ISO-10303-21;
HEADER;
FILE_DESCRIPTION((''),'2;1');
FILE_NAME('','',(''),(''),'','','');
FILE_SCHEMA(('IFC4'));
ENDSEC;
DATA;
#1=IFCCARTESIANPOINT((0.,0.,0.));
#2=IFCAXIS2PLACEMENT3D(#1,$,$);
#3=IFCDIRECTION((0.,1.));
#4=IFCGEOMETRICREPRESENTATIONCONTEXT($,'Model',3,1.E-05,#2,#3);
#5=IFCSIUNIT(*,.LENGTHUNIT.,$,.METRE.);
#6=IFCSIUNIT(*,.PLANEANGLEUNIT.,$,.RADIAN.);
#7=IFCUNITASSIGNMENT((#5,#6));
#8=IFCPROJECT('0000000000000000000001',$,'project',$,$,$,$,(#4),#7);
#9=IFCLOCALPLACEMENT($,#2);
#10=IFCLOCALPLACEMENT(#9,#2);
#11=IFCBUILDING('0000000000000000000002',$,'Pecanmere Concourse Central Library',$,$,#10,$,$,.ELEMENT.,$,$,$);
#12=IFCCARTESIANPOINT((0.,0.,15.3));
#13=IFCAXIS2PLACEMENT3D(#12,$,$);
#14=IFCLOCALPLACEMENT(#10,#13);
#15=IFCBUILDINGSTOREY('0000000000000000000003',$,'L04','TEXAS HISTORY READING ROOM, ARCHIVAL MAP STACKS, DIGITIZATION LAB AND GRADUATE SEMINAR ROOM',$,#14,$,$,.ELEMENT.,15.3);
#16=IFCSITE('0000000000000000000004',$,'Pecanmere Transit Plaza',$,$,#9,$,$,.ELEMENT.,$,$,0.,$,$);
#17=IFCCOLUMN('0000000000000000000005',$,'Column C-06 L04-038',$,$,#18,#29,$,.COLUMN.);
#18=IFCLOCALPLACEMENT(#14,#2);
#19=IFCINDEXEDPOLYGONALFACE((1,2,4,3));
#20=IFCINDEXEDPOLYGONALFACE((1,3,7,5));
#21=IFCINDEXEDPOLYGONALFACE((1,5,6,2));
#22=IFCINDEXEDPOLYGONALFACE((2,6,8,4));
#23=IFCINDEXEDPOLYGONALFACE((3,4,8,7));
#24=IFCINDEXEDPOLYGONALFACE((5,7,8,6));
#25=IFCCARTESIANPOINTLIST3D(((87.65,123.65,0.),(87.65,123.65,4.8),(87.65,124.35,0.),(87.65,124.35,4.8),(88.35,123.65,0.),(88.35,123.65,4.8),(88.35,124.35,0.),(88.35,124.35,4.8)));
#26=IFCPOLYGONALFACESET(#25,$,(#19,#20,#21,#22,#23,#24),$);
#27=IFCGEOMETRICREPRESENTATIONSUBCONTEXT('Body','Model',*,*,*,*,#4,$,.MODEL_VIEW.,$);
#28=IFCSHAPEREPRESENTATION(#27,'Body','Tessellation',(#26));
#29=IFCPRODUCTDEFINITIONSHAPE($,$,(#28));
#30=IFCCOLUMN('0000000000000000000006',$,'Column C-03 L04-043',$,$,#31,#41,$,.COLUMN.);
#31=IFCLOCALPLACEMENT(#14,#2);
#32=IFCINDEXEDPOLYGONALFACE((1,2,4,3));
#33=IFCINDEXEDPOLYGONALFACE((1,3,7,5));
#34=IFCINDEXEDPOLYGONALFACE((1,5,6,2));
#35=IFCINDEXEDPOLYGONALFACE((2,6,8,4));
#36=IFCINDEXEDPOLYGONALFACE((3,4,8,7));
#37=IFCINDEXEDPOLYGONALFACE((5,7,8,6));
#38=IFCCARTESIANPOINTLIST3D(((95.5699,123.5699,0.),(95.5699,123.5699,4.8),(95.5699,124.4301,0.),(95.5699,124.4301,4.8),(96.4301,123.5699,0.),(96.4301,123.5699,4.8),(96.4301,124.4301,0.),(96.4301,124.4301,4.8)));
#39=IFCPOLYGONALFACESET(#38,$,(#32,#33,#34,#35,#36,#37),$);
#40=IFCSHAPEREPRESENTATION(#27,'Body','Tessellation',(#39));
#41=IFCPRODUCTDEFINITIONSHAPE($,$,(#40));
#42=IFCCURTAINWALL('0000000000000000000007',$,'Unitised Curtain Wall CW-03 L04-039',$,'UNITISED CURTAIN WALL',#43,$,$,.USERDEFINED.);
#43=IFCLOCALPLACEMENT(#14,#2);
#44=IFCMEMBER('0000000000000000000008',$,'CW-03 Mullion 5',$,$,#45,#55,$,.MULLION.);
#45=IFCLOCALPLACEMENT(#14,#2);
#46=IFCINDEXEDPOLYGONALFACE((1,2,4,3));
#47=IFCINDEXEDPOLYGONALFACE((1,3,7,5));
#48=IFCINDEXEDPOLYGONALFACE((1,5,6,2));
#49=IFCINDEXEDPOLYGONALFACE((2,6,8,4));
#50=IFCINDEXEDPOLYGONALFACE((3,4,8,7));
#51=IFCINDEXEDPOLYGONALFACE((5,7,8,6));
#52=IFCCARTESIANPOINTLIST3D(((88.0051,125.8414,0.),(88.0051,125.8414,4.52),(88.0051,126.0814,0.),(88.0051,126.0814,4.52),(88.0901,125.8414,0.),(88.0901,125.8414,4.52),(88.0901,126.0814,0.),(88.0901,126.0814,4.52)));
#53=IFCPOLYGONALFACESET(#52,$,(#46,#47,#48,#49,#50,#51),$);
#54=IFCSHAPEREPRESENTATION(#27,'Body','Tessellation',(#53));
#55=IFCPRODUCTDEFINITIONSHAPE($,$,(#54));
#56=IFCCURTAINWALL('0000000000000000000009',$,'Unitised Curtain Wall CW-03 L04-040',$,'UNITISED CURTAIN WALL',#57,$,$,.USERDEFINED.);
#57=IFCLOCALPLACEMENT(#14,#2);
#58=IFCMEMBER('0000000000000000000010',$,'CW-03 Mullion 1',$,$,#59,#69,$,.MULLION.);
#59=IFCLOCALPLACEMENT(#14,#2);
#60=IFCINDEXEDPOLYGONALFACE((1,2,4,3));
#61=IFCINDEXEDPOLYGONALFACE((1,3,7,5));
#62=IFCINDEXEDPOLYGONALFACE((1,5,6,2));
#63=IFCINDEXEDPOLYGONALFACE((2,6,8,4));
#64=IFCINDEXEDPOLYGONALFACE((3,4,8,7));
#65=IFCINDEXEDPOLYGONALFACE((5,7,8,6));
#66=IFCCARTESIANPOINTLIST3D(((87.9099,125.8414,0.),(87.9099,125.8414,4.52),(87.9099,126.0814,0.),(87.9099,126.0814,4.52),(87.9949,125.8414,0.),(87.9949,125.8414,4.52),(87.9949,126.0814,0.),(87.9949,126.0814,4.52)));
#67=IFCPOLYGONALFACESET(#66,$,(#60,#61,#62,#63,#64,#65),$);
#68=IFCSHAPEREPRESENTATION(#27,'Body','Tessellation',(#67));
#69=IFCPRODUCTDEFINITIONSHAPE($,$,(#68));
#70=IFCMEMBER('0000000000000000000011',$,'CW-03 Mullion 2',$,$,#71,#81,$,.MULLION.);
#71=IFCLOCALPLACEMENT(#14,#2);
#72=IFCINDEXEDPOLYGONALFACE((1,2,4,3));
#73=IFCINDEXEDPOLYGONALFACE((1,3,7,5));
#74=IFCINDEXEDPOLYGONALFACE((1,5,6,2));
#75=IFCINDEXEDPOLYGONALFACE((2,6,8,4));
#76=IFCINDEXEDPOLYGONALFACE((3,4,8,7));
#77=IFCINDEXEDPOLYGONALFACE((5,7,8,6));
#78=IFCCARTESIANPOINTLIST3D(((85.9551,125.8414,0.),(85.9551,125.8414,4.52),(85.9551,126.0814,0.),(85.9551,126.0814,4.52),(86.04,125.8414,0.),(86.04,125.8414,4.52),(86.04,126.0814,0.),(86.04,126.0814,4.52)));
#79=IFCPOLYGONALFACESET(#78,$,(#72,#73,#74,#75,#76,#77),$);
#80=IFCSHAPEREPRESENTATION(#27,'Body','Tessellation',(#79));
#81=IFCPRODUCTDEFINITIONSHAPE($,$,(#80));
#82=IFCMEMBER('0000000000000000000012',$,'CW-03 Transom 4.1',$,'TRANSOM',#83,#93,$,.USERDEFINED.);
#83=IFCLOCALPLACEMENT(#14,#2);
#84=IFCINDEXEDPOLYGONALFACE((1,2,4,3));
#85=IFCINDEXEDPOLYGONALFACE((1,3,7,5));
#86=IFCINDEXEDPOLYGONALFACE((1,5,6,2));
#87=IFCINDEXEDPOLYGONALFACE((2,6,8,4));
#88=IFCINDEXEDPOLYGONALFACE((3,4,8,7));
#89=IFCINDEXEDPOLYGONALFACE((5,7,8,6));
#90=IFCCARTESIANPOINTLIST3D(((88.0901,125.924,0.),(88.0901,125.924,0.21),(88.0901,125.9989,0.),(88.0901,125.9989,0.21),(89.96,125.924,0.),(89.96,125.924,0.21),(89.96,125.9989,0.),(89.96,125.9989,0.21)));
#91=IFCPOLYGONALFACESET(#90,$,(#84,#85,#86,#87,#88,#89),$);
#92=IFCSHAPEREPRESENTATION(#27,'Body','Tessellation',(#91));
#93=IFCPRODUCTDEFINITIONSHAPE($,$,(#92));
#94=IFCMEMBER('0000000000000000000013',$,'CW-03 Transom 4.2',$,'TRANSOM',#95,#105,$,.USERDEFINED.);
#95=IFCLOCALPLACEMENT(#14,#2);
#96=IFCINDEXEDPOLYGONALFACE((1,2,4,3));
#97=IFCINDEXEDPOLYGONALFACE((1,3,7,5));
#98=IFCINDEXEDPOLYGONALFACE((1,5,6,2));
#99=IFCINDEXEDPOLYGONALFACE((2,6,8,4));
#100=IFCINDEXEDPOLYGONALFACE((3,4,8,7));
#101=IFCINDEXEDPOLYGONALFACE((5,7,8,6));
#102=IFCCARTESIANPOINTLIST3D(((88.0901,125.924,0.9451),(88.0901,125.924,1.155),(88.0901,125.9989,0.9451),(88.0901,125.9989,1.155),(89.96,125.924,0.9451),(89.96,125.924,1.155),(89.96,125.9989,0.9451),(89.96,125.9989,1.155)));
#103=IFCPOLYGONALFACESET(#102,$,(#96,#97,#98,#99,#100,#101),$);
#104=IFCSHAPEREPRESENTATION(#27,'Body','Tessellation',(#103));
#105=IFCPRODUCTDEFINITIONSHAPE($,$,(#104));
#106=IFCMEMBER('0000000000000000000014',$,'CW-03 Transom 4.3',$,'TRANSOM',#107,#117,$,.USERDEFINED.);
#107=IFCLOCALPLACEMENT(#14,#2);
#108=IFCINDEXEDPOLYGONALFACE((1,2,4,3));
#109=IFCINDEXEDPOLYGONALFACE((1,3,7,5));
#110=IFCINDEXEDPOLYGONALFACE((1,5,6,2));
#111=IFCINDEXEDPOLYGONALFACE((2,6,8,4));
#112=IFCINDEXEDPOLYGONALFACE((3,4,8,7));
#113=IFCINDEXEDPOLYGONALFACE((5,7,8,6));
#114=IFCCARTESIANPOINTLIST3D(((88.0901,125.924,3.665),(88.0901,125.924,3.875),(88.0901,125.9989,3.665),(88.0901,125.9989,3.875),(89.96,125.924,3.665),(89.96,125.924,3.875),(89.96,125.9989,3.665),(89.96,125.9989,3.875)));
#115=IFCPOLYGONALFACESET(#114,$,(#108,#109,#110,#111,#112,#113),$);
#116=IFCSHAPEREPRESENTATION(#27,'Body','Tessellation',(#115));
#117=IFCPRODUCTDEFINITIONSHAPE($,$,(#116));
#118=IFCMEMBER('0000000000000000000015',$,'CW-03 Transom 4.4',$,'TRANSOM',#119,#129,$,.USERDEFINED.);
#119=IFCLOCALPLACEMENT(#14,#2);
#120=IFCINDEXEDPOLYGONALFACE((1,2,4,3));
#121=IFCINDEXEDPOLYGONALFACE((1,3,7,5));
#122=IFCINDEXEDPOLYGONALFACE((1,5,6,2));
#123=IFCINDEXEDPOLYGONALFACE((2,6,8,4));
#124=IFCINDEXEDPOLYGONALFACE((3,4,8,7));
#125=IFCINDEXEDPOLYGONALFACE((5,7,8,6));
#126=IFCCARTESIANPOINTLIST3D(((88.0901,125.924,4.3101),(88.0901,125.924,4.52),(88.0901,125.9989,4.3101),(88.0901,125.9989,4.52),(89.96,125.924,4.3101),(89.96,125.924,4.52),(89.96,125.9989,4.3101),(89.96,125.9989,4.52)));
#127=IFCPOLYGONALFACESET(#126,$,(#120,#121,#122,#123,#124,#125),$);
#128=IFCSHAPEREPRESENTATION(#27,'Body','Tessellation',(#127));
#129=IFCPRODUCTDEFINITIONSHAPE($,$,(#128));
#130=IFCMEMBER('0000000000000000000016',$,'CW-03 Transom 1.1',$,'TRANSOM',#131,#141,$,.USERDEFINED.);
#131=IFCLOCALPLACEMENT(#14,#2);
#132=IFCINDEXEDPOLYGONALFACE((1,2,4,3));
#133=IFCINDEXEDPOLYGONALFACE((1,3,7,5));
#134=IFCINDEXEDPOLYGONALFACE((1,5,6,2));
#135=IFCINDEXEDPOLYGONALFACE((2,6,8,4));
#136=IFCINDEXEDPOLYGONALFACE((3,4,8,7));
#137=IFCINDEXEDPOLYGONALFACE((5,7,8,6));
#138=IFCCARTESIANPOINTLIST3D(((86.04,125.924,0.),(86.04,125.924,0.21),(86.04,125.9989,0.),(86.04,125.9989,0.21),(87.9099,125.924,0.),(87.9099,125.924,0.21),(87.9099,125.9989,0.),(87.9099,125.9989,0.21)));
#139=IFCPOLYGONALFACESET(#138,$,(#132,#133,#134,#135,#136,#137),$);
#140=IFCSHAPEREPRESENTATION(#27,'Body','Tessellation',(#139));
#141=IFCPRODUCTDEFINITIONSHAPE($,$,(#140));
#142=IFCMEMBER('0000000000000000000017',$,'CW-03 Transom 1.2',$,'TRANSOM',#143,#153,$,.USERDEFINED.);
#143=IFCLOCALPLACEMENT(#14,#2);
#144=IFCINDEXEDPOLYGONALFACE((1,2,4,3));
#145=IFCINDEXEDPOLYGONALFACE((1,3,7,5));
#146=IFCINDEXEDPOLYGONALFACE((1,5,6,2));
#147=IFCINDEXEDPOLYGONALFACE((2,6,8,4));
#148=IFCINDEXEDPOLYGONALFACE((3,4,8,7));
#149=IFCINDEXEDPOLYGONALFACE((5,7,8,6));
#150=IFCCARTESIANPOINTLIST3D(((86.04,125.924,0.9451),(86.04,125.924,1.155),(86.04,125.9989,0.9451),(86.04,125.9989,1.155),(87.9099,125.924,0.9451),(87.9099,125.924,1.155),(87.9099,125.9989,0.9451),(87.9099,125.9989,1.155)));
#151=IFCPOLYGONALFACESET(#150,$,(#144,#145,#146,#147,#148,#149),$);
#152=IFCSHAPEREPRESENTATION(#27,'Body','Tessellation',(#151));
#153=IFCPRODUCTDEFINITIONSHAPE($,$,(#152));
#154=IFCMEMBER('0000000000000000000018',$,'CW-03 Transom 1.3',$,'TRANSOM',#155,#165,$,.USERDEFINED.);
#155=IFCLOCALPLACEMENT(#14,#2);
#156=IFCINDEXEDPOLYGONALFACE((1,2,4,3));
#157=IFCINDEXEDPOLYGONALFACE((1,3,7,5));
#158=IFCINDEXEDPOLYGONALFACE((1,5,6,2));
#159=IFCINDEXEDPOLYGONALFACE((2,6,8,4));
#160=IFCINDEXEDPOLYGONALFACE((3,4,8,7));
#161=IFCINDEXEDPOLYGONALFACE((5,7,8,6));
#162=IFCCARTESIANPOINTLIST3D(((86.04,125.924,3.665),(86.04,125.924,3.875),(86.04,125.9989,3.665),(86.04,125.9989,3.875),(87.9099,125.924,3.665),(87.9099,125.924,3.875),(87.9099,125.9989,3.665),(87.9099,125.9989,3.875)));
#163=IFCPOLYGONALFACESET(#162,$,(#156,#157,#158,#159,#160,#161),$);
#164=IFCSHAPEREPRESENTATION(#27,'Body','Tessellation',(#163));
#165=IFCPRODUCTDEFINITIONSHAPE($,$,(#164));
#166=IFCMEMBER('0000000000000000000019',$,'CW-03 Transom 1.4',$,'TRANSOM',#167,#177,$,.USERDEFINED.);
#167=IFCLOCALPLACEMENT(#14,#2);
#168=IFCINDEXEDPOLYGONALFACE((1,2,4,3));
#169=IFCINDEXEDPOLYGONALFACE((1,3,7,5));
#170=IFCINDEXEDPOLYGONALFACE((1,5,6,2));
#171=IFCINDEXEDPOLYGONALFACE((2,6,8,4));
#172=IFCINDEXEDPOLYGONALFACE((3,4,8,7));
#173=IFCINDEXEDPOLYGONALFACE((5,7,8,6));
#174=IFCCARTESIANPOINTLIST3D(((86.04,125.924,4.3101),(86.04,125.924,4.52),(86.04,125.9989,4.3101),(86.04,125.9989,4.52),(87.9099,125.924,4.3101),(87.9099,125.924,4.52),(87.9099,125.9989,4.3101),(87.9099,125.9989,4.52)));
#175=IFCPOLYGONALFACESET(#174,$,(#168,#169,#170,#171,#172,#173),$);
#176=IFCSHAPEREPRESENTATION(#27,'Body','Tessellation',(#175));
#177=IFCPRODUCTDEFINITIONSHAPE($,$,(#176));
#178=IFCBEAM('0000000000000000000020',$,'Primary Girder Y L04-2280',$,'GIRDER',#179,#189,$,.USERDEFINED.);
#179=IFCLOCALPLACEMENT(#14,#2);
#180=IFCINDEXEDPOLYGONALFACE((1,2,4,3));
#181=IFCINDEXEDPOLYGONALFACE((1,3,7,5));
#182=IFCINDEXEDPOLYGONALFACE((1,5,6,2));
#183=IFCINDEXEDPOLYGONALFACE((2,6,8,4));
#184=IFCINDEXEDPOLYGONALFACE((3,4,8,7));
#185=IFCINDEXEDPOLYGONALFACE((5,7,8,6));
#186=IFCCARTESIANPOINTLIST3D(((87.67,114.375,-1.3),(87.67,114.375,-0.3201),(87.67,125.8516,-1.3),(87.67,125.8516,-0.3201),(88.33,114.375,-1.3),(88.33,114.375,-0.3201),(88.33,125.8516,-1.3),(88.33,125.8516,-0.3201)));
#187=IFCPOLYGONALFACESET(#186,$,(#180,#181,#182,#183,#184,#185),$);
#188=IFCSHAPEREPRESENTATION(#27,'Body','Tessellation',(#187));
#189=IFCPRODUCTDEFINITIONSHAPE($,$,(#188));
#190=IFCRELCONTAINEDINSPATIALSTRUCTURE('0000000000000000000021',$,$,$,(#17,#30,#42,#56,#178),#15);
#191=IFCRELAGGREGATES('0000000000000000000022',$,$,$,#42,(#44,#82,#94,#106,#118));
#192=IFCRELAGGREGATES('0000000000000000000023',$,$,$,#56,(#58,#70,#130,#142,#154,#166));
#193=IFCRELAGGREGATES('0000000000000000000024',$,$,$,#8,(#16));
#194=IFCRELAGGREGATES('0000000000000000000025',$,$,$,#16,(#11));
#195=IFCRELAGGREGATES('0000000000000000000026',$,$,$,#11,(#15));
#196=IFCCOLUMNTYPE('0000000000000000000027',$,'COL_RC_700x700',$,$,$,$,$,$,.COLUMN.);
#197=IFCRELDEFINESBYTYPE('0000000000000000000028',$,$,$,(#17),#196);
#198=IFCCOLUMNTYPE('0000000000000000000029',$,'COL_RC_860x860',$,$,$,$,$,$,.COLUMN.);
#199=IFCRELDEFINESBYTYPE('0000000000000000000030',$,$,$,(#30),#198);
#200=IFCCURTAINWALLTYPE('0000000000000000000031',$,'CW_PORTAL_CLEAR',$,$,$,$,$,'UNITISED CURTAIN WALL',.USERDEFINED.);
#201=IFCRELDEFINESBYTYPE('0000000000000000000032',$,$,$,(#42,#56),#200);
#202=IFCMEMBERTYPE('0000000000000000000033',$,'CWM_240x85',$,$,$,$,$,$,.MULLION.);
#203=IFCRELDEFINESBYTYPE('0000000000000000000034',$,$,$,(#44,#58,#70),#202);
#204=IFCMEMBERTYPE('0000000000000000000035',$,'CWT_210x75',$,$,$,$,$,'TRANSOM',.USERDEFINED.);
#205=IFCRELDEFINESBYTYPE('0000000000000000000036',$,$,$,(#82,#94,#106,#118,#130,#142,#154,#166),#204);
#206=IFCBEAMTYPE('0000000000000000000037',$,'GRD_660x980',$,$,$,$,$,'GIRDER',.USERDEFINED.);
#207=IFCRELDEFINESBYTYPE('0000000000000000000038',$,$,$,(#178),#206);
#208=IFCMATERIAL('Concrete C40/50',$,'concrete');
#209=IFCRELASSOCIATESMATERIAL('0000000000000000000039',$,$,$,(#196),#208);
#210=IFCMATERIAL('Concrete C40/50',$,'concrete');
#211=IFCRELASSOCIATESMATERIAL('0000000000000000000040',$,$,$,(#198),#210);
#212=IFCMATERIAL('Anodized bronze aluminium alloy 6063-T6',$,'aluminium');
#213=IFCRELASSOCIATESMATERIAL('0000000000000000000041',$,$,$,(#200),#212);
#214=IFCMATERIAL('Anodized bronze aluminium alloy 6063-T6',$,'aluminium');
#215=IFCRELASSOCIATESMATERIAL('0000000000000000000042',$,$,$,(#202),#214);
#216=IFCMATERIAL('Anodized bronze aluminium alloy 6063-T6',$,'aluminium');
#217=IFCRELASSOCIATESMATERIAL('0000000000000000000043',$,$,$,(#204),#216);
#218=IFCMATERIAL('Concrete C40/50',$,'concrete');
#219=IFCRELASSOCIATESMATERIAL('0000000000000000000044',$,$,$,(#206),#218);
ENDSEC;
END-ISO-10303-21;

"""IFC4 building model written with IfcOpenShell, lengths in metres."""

from ifc_helpers import new_model, si_unit, direction, frame, origin, origin_2d, place, context, subcontext, project, spatial, rectangle, extrude, material, material_profile, profile_set, type_object, element, aggregate, save


model = new_model("IFC4")

# Units and contexts
model_context = context("Model", 3, precision=1e-05, world=origin(), true_north=direction((0.0, 1.0)))
body_context = subcontext(model_context, "Body", "Model", "MODEL_VIEW")
ifc_project = project(units=[si_unit("LENGTHUNIT", "METRE"), si_unit("PLANEANGLEUNIT", "RADIAN")], contexts=[model_context])

# Site, building, storey
site_placement = place(None, origin())
site = spatial("IfcSite", under=ifc_project, at=site_placement, Name="Pecanmere Transit Plaza", CompositionType="ELEMENT", RefElevation=0.0)
building_placement = place(site_placement, origin())
building = spatial("IfcBuilding", under=site, at=building_placement, Name="Pecanmere Concourse Central Library", CompositionType="ELEMENT")
storey_placement = place(building_placement, frame((0.0, 0.0, 15.3)))
storey = spatial("IfcBuildingStorey", under=building, at=storey_placement, Name="L04", Description="TEXAS HISTORY READING ROOM, ARCHIVAL MAP STACKS, DIGITIZATION LAB AND GRADUATE SEMINAR ROOM", CompositionType="ELEMENT", Elevation=15.3)

# Columns
ifc_material_1 = material(Name="Concrete C40/50", Category="concrete")
ifc_material_profile_1 = material_profile(ifc_material_1, rectangle(XDim=0.7, YDim=0.7, at=origin_2d()), Name="RC 700x700")
ifc_profile_set_1 = profile_set([ifc_material_profile_1], Name="Concrete C40/50")
column_type_1 = type_object("IfcColumnType", Name="COL_RC_700x700", PredefinedType="COLUMN", material=ifc_profile_set_1)
column_1_placement = place(storey_placement, frame((88.0, 124.0, 0.0), z_axis=(0.0, 0.0, 1.0), x_axis=(1.0, 0.0, 0.0)))
element("IfcColumn", 1, at=column_1_placement, inside=storey, type_object=column_type_1, Name="Column C-06 L04-038", PredefinedType="COLUMN", context=body_context, shape_type="SweptSolid", body=[
    extrude(rectangle(XDim=0.7, YDim=0.7, at=origin_2d()), origin(), (0.0, 0.0, 1.0), 4.8),
])
ifc_material_2 = material(Name="Concrete C40/50", Category="concrete")
ifc_material_profile_2 = material_profile(ifc_material_2, rectangle(XDim=0.8601, YDim=0.8601, at=origin_2d()), Name="RC 860x860")
ifc_profile_set_2 = profile_set([ifc_material_profile_2], Name="Concrete C40/50")
column_type_2 = type_object("IfcColumnType", Name="COL_RC_860x860", PredefinedType="COLUMN", material=ifc_profile_set_2)
column_2_placement = place(storey_placement, frame((96.0, 124.0, 0.0), z_axis=(0.0, 0.0, 1.0), x_axis=(1.0, 0.0, 0.0)))
element("IfcColumn", 2, at=column_2_placement, inside=storey, type_object=column_type_2, Name="Column C-03 L04-043", PredefinedType="COLUMN", context=body_context, shape_type="SweptSolid", body=[
    extrude(rectangle(XDim=0.8601, YDim=0.8601, at=origin_2d()), origin(), (0.0, 0.0, 1.0), 4.8),
])

# Curtain wall, member
ifc_material_3 = material(Name="Anodized bronze aluminium alloy 6063-T6", Category="aluminium")
curtain_wall_type = type_object("IfcCurtainWallType", Name="CW_PORTAL_CLEAR", ElementType="UNITISED CURTAIN WALL", PredefinedType="USERDEFINED", material=ifc_material_3)
curtain_wall_1_placement = place(storey_placement, origin())
curtain_wall_1 = element("IfcCurtainWall", 3, at=curtain_wall_1_placement, inside=storey, type_object=curtain_wall_type, Name="Unitised Curtain Wall CW-03 L04-039", ObjectType="UNITISED CURTAIN WALL", PredefinedType="USERDEFINED")
ifc_material_4 = material(Name="Anodized bronze aluminium alloy 6063-T6", Category="aluminium")
ifc_material_profile_3 = material_profile(ifc_material_4, rectangle(XDim=0.085, YDim=0.24, at=origin_2d()), Name="AL 85x240")
ifc_profile_set_3 = profile_set([ifc_material_profile_3], Name="Anodized bronze aluminium alloy 6063-T6")
member_type_1 = type_object("IfcMemberType", Name="CWM_240x85", PredefinedType="MULLION", material=ifc_profile_set_3)
member_1_placement = place(storey_placement, frame((88.0476, 125.9614, 0.0), z_axis=(0.0, 0.0, 1.0), x_axis=(-1.0, 0.0, 0.0)))
member_1 = element("IfcMember", 4, at=member_1_placement, type_object=member_type_1, Name="CW-03 Mullion 5", PredefinedType="MULLION", context=body_context, shape_type="SweptSolid", body=[
    extrude(rectangle(XDim=0.085, YDim=0.24, at=origin_2d()), origin(), (0.0, 0.0, 1.0), 4.52),
])

# Curtain wall, members
curtain_wall_2_placement = place(storey_placement, origin())
curtain_wall_2 = element("IfcCurtainWall", 5, at=curtain_wall_2_placement, inside=storey, type_object=curtain_wall_type, Name="Unitised Curtain Wall CW-03 L04-040", ObjectType="UNITISED CURTAIN WALL", PredefinedType="USERDEFINED")
member_2_placement = place(storey_placement, frame((87.9524, 125.9614, 0.0), z_axis=(0.0, 0.0, 1.0), x_axis=(-1.0, 0.0, 0.0)))
member_2 = element("IfcMember", 6, at=member_2_placement, type_object=member_type_1, Name="CW-03 Mullion 1", PredefinedType="MULLION", context=body_context, shape_type="SweptSolid", body=[
    extrude(rectangle(XDim=0.085, YDim=0.24, at=origin_2d()), origin(), (0.0, 0.0, 1.0), 4.52),
])
member_3_placement = place(storey_placement, frame((85.9976, 125.9614, 0.0), z_axis=(0.0, 0.0, 1.0), x_axis=(-1.0, 0.0, 0.0)))
member_3 = element("IfcMember", 7, at=member_3_placement, type_object=member_type_1, Name="CW-03 Mullion 2", PredefinedType="MULLION", context=body_context, shape_type="SweptSolid", body=[
    extrude(rectangle(XDim=0.085, YDim=0.24, at=origin_2d()), origin(), (0.0, 0.0, 1.0), 4.52),
])

# Members
ifc_material_5 = material(Name="Anodized bronze aluminium alloy 6063-T6", Category="aluminium")
ifc_material_profile_4 = material_profile(ifc_material_5, rectangle(XDim=0.075, YDim=0.21, at=origin_2d()), Name="AL 75x210")
ifc_profile_set_4 = profile_set([ifc_material_profile_4], Name="Anodized bronze aluminium alloy 6063-T6")
member_type_2 = type_object("IfcMemberType", Name="CWT_210x75", ElementType="TRANSOM", PredefinedType="USERDEFINED", material=ifc_profile_set_4)
member_4_placement = place(storey_placement, frame((89.96, 125.9614, 0.105), z_axis=(-1.0, 0.0, 0.0), x_axis=(0.0, -1.0, 0.0)))
member_4 = element("IfcMember", 8, at=member_4_placement, type_object=member_type_2, Name="CW-03 Transom 4.1", ObjectType="TRANSOM", PredefinedType="USERDEFINED", context=body_context, shape_type="SweptSolid", body=[
    extrude(rectangle(XDim=0.075, YDim=0.21, at=origin_2d()), origin(), (0.0, 0.0, 1.0), 1.8699),
])
member_5_placement = place(storey_placement, frame((89.96, 125.9614, 1.05), z_axis=(-1.0, 0.0, 0.0), x_axis=(0.0, -1.0, 0.0)))
member_5 = element("IfcMember", 9, at=member_5_placement, type_object=member_type_2, Name="CW-03 Transom 4.2", ObjectType="TRANSOM", PredefinedType="USERDEFINED", context=body_context, shape_type="SweptSolid", body=[
    extrude(rectangle(XDim=0.075, YDim=0.21, at=origin_2d()), origin(), (0.0, 0.0, 1.0), 1.8699),
])
member_6_placement = place(storey_placement, frame((89.96, 125.9614, 3.77), z_axis=(-1.0, 0.0, 0.0), x_axis=(0.0, -1.0, 0.0)))
member_6 = element("IfcMember", 10, at=member_6_placement, type_object=member_type_2, Name="CW-03 Transom 4.3", ObjectType="TRANSOM", PredefinedType="USERDEFINED", context=body_context, shape_type="SweptSolid", body=[
    extrude(rectangle(XDim=0.075, YDim=0.21, at=origin_2d()), origin(), (0.0, 0.0, 1.0), 1.8699),
])
member_7_placement = place(storey_placement, frame((89.96, 125.9614, 4.415), z_axis=(-1.0, 0.0, 0.0), x_axis=(0.0, -1.0, 0.0)))
member_7 = element("IfcMember", 11, at=member_7_placement, type_object=member_type_2, Name="CW-03 Transom 4.4", ObjectType="TRANSOM", PredefinedType="USERDEFINED", context=body_context, shape_type="SweptSolid", body=[
    extrude(rectangle(XDim=0.075, YDim=0.21, at=origin_2d()), origin(), (0.0, 0.0, 1.0), 1.8699),
])
member_8_placement = place(storey_placement, frame((87.9099, 125.9614, 0.105), z_axis=(-1.0, 0.0, 0.0), x_axis=(0.0, -1.0, 0.0)))
member_8 = element("IfcMember", 12, at=member_8_placement, type_object=member_type_2, Name="CW-03 Transom 1.1", ObjectType="TRANSOM", PredefinedType="USERDEFINED", context=body_context, shape_type="SweptSolid", body=[
    extrude(rectangle(XDim=0.075, YDim=0.21, at=origin_2d()), origin(), (0.0, 0.0, 1.0), 1.8699),
])
member_9_placement = place(storey_placement, frame((87.9099, 125.9614, 1.05), z_axis=(-1.0, 0.0, 0.0), x_axis=(0.0, -1.0, 0.0)))
member_9 = element("IfcMember", 13, at=member_9_placement, type_object=member_type_2, Name="CW-03 Transom 1.2", ObjectType="TRANSOM", PredefinedType="USERDEFINED", context=body_context, shape_type="SweptSolid", body=[
    extrude(rectangle(XDim=0.075, YDim=0.21, at=origin_2d()), origin(), (0.0, 0.0, 1.0), 1.8699),
])
member_10_placement = place(storey_placement, frame((87.9099, 125.9614, 3.77), z_axis=(-1.0, 0.0, 0.0), x_axis=(0.0, -1.0, 0.0)))
member_10 = element("IfcMember", 14, at=member_10_placement, type_object=member_type_2, Name="CW-03 Transom 1.3", ObjectType="TRANSOM", PredefinedType="USERDEFINED", context=body_context, shape_type="SweptSolid", body=[
    extrude(rectangle(XDim=0.075, YDim=0.21, at=origin_2d()), origin(), (0.0, 0.0, 1.0), 1.8699),
])
member_11_placement = place(storey_placement, frame((87.9099, 125.9614, 4.415), z_axis=(-1.0, 0.0, 0.0), x_axis=(0.0, -1.0, 0.0)))
member_11 = element("IfcMember", 15, at=member_11_placement, type_object=member_type_2, Name="CW-03 Transom 1.4", ObjectType="TRANSOM", PredefinedType="USERDEFINED", context=body_context, shape_type="SweptSolid", body=[
    extrude(rectangle(XDim=0.075, YDim=0.21, at=origin_2d()), origin(), (0.0, 0.0, 1.0), 1.8699),
])

# Beam
ifc_material_6 = material(Name="Concrete C40/50", Category="concrete")
ifc_material_profile_5 = material_profile(ifc_material_6, rectangle(XDim=0.6599, YDim=0.98, at=origin_2d()), Name="RC 660x980")
ifc_profile_set_5 = profile_set([ifc_material_profile_5], Name="Concrete C40/50")
beam_type_1 = type_object("IfcBeamType", Name="GRD_660x980", ElementType="GIRDER", PredefinedType="USERDEFINED", material=ifc_profile_set_5)
for number, where, z_axis, x_axis, name in (
    (16, (88.0, 114.375, -0.8101), (0.0, 1.0, 0.0), (-1.0, 0.0, 0.0), "Primary Girder Y L04-2280"),
):
    element("IfcBeam", number, at=place(storey_placement, frame(where, z_axis=z_axis, x_axis=x_axis)), inside=storey, type_object=beam_type_1, Name=name, ObjectType="GIRDER", PredefinedType="USERDEFINED", context=body_context, shape_type="SweptSolid", body=[
        extrude(rectangle(XDim=0.6599, YDim=0.98, at=origin_2d()), origin(), (0.0, 0.0, 1.0), 11.4766),
    ])

aggregate(curtain_wall_1, [member_1, member_4, member_5, member_6, member_7])
aggregate(curtain_wall_2, [member_2, member_3, member_8, member_9, member_10, member_11])

save(model, "model.ifc")
